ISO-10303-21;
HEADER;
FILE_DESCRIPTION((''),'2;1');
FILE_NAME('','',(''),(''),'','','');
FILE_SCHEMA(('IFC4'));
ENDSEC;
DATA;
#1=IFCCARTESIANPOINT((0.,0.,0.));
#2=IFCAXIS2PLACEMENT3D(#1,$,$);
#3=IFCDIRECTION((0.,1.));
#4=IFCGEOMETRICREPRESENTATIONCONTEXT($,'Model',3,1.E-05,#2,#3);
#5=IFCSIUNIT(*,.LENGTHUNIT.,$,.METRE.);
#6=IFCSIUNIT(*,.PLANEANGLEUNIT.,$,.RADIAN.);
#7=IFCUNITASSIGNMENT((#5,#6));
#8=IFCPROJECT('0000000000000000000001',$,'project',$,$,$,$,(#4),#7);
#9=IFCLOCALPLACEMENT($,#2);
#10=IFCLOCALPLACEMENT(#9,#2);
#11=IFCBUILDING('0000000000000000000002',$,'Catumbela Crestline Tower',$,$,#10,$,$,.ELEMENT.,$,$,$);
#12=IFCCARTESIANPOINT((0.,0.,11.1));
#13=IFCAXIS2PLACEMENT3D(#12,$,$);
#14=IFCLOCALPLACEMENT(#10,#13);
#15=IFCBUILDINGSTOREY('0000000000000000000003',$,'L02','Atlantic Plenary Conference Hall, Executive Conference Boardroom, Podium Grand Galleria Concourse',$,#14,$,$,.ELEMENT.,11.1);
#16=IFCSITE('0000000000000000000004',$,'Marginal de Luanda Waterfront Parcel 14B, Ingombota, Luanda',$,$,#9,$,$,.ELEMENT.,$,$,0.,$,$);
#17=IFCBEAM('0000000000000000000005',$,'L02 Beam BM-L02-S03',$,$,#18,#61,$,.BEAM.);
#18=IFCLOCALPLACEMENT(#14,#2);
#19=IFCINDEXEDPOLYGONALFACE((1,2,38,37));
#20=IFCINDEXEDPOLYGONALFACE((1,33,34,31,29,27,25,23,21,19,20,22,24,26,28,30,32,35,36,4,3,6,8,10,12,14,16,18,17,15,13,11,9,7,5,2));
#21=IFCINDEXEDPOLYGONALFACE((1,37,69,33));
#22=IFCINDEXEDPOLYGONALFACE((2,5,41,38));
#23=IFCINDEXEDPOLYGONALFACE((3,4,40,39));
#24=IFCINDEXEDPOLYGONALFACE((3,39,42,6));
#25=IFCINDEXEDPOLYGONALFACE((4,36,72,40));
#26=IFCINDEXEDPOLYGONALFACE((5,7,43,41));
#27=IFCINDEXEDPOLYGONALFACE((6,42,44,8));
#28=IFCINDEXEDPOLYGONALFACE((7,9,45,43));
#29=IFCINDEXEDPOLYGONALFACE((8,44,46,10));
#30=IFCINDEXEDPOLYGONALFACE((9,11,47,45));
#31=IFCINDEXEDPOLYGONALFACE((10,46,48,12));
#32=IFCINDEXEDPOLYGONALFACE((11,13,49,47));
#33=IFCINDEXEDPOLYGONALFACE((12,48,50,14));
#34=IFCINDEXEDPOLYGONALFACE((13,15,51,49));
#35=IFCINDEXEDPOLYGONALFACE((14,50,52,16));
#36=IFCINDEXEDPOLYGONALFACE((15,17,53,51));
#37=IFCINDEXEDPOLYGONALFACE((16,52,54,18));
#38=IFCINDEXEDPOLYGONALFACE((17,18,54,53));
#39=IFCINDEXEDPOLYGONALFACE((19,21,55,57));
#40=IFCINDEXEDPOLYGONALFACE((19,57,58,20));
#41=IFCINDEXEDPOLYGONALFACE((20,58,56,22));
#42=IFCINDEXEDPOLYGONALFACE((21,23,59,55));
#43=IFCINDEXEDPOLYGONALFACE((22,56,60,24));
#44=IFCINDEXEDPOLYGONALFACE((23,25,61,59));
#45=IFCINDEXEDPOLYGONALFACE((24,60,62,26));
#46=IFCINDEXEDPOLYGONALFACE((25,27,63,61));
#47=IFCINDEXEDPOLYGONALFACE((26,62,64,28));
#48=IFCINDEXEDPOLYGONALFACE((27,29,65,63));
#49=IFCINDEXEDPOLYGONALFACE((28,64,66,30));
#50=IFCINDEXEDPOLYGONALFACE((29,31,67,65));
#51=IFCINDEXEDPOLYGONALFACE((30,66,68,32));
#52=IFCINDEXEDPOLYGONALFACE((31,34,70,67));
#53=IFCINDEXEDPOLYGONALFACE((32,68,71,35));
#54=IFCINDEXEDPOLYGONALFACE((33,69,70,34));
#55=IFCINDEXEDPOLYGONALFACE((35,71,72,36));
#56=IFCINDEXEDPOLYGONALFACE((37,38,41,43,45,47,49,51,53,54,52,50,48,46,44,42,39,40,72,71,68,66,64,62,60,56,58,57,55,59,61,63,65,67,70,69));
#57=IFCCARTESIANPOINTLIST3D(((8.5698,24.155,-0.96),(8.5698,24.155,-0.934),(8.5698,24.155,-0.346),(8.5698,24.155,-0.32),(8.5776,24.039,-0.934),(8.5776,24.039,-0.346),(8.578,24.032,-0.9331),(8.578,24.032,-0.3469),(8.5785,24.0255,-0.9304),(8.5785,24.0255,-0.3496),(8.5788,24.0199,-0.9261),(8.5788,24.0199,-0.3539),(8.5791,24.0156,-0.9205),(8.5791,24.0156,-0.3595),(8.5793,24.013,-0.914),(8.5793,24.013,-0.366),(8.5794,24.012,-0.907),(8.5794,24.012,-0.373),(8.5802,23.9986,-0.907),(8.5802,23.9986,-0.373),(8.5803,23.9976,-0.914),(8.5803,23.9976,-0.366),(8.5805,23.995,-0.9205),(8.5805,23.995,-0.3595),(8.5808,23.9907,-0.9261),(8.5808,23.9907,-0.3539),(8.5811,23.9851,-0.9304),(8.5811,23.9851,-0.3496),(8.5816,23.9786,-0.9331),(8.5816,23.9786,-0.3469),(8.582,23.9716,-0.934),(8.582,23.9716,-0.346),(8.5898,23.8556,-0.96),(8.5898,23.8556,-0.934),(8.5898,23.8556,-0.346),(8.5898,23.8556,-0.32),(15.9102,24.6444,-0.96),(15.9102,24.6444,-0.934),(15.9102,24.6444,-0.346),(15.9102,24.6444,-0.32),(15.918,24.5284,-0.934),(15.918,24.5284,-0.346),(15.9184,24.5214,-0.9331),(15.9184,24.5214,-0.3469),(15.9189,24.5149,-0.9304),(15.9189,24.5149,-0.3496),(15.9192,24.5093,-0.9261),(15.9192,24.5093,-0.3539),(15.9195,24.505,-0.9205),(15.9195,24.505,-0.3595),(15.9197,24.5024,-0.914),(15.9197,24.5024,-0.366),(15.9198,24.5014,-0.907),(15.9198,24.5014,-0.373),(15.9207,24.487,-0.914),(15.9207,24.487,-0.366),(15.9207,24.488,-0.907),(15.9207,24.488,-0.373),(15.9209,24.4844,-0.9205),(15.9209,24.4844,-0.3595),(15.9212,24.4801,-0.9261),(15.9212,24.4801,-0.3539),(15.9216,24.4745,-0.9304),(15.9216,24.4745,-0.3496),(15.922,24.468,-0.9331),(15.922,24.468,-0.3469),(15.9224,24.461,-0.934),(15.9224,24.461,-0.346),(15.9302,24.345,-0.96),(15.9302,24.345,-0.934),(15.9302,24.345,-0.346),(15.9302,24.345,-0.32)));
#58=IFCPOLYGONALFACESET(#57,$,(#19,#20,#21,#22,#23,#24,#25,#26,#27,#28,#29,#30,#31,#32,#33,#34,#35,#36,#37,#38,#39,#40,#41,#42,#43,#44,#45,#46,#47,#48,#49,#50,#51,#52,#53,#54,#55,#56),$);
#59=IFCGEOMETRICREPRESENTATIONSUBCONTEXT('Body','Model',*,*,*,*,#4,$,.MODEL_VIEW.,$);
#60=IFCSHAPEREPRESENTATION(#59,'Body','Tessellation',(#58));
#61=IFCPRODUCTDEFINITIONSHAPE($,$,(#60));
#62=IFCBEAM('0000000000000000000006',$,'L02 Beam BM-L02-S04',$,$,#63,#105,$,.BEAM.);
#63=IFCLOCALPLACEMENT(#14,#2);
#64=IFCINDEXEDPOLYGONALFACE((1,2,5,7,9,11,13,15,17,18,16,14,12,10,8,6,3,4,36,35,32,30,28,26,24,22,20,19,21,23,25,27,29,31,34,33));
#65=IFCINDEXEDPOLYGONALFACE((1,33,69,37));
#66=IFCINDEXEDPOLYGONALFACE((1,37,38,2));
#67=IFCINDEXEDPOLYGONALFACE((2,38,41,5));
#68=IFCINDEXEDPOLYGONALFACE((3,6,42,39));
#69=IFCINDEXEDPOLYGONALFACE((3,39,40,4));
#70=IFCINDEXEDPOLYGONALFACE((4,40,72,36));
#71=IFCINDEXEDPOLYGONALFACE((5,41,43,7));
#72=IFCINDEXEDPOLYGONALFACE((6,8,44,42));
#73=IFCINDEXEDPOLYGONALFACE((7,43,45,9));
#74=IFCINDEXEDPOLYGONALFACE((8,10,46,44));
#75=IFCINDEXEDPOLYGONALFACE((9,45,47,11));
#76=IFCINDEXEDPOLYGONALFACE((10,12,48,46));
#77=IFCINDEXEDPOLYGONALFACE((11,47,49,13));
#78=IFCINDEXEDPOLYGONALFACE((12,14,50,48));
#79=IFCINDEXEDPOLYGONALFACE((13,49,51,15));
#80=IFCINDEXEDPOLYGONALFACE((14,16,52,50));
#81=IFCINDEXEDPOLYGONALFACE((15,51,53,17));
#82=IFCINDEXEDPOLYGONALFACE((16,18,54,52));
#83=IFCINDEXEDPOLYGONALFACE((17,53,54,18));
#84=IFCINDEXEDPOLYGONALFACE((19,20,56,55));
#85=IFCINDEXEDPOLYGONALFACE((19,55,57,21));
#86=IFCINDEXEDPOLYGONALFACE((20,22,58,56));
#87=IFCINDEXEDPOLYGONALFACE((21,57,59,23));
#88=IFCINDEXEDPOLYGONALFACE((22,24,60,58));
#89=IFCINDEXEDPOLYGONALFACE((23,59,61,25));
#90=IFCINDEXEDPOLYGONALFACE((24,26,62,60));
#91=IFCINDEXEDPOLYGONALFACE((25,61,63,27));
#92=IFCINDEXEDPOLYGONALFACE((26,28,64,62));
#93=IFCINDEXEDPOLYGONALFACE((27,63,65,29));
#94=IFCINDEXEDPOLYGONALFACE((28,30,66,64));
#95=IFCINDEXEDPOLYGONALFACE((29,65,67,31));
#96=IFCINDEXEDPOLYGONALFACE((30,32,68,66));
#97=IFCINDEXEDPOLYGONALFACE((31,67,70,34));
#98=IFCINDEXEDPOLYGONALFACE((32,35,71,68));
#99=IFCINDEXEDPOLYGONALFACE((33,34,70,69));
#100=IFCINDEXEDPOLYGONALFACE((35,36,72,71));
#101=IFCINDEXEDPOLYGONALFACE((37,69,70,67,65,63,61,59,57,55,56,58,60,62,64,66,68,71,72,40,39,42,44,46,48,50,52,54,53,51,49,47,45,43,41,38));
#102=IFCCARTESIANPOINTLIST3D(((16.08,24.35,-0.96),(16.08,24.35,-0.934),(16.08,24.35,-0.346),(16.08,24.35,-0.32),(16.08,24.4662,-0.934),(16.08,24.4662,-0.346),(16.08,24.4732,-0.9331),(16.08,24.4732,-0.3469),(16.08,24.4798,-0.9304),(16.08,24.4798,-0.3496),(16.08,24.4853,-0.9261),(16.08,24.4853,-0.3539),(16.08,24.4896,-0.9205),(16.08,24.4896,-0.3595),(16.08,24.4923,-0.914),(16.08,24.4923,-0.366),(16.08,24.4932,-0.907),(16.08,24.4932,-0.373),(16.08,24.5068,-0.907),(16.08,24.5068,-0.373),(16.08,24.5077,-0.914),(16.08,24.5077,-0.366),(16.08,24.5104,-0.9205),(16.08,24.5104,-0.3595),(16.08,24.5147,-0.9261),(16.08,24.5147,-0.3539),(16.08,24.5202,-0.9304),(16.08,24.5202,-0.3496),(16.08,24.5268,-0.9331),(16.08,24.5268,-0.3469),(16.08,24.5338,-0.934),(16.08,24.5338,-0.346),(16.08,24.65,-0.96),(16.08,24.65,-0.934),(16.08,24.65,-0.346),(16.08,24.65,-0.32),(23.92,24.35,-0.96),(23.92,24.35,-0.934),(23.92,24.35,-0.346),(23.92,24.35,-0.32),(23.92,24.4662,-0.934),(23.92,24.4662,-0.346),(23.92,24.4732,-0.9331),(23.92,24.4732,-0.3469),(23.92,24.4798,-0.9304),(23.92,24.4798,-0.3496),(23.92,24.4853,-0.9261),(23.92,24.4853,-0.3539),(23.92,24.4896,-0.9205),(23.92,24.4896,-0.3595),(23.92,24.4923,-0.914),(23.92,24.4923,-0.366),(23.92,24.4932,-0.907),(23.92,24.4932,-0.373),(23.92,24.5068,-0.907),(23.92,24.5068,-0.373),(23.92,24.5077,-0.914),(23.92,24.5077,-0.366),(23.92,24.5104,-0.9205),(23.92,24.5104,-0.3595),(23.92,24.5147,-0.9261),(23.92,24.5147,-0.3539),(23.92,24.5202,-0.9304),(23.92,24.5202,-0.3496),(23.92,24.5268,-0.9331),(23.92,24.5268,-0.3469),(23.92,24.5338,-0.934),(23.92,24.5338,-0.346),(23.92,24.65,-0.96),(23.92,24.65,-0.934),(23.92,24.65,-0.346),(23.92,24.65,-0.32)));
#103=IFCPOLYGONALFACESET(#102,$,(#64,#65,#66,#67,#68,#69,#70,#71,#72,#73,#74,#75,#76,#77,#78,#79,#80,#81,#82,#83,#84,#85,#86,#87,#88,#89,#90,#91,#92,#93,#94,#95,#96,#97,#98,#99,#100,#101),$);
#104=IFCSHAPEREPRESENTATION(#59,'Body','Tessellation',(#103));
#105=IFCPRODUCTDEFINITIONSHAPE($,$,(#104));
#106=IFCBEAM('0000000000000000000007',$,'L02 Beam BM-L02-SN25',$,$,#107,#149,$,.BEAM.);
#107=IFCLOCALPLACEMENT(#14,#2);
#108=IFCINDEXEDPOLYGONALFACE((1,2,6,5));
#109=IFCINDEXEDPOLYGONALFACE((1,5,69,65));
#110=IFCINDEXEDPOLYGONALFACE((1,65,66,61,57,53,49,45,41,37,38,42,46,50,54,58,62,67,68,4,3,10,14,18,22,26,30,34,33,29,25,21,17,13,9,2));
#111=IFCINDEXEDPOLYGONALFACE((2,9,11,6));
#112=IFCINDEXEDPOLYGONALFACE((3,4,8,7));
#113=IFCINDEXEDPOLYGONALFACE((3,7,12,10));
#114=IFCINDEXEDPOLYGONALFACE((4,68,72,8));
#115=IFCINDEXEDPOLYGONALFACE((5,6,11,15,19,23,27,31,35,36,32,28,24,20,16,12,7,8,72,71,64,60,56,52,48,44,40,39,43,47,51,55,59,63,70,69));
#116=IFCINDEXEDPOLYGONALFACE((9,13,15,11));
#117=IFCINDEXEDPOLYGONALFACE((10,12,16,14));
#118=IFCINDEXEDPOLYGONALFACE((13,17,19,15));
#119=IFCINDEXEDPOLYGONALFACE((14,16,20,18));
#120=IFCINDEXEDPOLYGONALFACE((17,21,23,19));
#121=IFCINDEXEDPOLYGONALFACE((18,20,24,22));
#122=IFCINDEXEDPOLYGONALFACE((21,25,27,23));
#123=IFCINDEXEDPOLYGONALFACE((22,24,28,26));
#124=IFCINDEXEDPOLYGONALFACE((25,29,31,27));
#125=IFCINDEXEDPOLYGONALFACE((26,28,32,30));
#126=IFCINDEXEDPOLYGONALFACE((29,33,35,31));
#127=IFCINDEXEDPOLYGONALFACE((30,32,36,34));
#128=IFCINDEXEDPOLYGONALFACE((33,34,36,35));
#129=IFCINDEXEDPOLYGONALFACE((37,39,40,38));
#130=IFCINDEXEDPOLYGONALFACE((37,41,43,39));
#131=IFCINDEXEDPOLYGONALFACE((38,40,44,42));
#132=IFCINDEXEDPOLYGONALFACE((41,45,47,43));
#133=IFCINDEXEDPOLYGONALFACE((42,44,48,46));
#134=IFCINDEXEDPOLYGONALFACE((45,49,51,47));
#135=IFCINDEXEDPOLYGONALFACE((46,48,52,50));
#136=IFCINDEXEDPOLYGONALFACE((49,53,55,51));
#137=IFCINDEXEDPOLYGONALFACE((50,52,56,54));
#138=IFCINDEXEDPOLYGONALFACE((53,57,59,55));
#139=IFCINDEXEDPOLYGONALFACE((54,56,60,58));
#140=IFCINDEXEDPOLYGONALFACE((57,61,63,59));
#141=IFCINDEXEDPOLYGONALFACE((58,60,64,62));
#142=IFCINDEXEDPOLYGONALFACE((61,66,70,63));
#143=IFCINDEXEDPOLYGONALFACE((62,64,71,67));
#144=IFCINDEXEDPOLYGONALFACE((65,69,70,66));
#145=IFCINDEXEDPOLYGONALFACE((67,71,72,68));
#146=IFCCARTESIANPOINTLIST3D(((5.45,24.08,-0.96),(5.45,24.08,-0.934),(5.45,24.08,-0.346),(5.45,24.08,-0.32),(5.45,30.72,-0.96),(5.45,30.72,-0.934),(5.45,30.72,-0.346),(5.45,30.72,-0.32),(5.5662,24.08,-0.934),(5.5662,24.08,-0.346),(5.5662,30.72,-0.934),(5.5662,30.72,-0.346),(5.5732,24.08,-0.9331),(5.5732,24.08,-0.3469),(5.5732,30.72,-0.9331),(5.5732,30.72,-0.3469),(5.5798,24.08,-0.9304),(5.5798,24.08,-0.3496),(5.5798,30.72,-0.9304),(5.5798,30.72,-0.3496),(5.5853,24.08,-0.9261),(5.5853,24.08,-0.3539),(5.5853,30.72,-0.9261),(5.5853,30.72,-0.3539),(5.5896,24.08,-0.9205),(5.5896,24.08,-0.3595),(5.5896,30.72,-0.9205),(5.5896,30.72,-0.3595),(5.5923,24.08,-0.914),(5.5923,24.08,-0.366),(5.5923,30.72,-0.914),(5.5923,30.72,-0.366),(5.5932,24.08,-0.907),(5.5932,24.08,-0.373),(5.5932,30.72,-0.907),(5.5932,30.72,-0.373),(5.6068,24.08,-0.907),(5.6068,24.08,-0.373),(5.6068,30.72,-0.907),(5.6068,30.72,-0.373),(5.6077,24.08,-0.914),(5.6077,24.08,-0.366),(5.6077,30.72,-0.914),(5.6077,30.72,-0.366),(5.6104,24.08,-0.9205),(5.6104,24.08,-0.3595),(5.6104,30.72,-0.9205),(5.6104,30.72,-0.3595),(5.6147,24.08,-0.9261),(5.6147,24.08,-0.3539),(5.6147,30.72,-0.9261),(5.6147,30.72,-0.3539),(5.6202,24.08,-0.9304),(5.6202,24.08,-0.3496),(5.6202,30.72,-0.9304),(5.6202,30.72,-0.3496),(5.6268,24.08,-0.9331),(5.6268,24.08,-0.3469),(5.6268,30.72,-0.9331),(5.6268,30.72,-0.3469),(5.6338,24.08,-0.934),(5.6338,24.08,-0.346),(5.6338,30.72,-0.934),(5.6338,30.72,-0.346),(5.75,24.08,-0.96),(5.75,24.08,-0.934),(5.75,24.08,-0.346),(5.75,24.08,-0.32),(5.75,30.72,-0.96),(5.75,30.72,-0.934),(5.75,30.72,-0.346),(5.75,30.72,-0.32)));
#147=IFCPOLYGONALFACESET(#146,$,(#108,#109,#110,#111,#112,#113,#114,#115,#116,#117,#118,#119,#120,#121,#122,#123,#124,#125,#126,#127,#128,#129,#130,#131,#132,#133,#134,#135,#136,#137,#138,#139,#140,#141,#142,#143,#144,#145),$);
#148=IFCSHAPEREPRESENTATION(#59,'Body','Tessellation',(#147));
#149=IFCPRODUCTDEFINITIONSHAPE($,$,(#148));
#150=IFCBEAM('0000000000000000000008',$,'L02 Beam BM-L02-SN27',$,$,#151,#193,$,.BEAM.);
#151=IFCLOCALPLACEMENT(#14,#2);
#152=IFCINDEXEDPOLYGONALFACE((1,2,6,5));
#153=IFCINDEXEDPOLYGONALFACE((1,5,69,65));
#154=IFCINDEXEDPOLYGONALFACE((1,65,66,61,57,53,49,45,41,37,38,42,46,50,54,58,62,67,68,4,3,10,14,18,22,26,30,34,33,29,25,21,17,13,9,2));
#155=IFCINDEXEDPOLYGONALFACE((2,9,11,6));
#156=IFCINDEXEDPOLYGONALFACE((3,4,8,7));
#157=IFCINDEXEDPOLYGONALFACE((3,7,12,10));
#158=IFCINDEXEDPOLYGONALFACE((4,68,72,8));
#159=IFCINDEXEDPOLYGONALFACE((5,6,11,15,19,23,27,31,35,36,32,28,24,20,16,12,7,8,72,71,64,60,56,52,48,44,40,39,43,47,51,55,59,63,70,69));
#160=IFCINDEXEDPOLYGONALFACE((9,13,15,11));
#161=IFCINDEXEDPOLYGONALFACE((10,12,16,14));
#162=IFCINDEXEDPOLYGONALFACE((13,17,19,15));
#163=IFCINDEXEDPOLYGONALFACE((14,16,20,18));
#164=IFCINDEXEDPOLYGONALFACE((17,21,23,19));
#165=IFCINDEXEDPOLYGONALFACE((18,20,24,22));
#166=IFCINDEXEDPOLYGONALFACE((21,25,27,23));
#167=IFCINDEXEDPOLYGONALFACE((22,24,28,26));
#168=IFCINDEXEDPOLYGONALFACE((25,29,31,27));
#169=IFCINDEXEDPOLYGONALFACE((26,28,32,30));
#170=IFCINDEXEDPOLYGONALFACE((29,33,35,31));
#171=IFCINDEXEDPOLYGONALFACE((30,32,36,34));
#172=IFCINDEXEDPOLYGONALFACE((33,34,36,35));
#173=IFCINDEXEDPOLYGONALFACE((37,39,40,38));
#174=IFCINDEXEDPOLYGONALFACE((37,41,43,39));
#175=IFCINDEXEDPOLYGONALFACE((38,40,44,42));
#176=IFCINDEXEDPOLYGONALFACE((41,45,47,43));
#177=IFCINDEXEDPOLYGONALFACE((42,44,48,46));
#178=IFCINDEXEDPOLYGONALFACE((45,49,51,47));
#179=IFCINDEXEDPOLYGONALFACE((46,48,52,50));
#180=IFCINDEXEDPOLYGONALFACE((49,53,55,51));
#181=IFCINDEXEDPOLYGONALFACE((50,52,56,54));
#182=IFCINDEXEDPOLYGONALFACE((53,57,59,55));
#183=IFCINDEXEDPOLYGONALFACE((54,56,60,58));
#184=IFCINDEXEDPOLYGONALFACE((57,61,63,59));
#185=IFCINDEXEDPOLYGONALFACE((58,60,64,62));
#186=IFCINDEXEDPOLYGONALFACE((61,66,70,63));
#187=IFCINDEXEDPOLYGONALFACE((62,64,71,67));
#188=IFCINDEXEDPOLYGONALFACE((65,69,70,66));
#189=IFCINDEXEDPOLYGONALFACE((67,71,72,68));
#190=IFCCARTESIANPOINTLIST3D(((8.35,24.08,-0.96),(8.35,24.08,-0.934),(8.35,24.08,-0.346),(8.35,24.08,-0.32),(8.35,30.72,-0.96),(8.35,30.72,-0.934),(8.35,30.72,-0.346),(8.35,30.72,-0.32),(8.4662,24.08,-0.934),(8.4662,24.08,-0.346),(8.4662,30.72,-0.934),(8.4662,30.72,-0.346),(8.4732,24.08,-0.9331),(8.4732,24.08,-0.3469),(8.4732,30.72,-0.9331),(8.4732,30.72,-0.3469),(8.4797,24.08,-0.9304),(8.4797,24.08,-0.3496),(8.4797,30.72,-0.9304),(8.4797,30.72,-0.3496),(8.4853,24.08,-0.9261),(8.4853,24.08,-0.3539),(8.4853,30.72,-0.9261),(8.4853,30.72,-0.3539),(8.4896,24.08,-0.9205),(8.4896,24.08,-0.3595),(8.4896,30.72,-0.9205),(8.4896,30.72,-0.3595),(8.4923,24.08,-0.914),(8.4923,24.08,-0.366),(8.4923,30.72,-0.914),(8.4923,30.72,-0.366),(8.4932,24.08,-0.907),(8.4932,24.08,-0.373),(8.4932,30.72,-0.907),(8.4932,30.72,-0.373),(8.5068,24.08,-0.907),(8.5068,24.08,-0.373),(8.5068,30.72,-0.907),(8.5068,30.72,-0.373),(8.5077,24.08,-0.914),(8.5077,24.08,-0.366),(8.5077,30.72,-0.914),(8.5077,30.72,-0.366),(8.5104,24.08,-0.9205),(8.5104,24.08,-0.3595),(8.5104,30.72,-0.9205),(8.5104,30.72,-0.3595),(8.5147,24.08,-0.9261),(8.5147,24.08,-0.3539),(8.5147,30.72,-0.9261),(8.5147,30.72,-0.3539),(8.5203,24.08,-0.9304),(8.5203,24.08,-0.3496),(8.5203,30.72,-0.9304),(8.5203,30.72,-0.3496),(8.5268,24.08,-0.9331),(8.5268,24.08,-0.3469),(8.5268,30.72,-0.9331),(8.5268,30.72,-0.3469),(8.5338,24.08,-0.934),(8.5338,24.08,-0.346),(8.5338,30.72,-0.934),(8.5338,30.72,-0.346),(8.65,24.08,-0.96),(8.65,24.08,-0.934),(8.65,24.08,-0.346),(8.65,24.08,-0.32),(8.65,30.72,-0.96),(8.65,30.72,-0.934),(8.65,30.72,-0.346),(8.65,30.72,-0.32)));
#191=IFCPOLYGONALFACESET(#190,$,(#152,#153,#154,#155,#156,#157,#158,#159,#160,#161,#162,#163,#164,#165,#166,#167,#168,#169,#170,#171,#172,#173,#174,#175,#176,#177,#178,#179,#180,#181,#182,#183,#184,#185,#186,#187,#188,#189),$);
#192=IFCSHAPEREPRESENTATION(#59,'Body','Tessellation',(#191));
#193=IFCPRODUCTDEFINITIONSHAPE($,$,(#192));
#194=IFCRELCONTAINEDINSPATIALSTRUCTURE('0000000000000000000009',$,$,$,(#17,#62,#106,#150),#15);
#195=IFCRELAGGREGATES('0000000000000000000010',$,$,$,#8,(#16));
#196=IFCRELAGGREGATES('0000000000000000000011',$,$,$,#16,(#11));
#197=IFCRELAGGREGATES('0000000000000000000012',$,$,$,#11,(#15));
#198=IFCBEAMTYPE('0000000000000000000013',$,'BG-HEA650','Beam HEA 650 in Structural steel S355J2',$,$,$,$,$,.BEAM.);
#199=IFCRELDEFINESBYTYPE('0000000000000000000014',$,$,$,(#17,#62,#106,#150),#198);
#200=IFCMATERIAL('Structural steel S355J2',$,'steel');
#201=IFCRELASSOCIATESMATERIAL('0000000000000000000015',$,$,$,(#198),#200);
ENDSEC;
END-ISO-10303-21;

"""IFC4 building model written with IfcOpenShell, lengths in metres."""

from ifc_helpers import new_model, si_unit, direction, frame, origin, origin_2d, place, context, subcontext, project, spatial, i_section, extrude, material, material_profile, profile_set, type_object, element, save


model = new_model("IFC4")

# Units and contexts
model_context = context("Model", 3, precision=1e-05, world=origin(), true_north=direction((0.0, 1.0)))
body_context = subcontext(model_context, "Body", "Model", "MODEL_VIEW")
ifc_project = project(units=[si_unit("LENGTHUNIT", "METRE"), si_unit("PLANEANGLEUNIT", "RADIAN")], contexts=[model_context])

# Site, building, storey
site_placement = place(None, origin())
site = spatial("IfcSite", under=ifc_project, at=site_placement, Name="Marginal de Luanda Waterfront Parcel 14B, Ingombota, Luanda", CompositionType="ELEMENT", RefElevation=0.0)
building_placement = place(site_placement, origin())
building = spatial("IfcBuilding", under=site, at=building_placement, Name="Catumbela Crestline Tower", CompositionType="ELEMENT")
storey_placement = place(building_placement, frame((0.0, 0.0, 11.1)))
storey = spatial("IfcBuildingStorey", under=building, at=storey_placement, Name="L02", Description="Atlantic Plenary Conference Hall, Executive Conference Boardroom, Podium Grand Galleria Concourse", CompositionType="ELEMENT", Elevation=11.1)

# Beams
ifc_material_1 = material(Name="Structural steel S355J2", Category="steel")
ifc_material_profile_1 = material_profile(ifc_material_1, i_section(OverallWidth=0.3, OverallDepth=0.64, WebThickness=0.0135, FlangeThickness=0.026, FilletRadius=0.027, at=origin_2d()), Name="HEA 650")
ifc_profile_set_1 = profile_set([ifc_material_profile_1], Name="Structural steel S355J2")
beam_type_1 = type_object("IfcBeamType", Name="BG-HEA650", Description="Beam HEA 650 in Structural steel S355J2", PredefinedType="BEAM", material=ifc_profile_set_1)
beam_1_placement = place(storey_placement, frame((8.5798, 24.0053, -0.64), z_axis=(0.997785, 0.066524, 0.0), x_axis=(-0.066524, 0.997785, 0.0)))
element("IfcBeam", 1, at=beam_1_placement, inside=storey, type_object=beam_type_1, Name="L02 Beam BM-L02-S03", PredefinedType="BEAM", context=body_context, shape_type="SweptSolid", body=[
    extrude(i_section(OverallWidth=0.3, OverallDepth=0.64, WebThickness=0.0135, FlangeThickness=0.026, FilletRadius=0.027, at=origin_2d()), origin(), (0.0, 0.0, 1.0), 7.3567),
])
beam_2_placement = place(storey_placement, frame((16.08, 24.5, -0.64), z_axis=(1.0, 0.0, 0.0), x_axis=(0.0, 1.0, 0.0)))
element("IfcBeam", 2, at=beam_2_placement, inside=storey, type_object=beam_type_1, Name="L02 Beam BM-L02-S04", PredefinedType="BEAM", context=body_context, shape_type="SweptSolid", body=[
    extrude(i_section(OverallWidth=0.3, OverallDepth=0.64, WebThickness=0.0135, FlangeThickness=0.026, FilletRadius=0.027, at=origin_2d()), origin(), (0.0, 0.0, 1.0), 7.84),
])
for number, where, z_axis, x_axis, name in (
    (3, (5.6, 24.08, -0.64), (0.0, 1.0, 0.0), (-1.0, 0.0, 0.0), "L02 Beam BM-L02-SN25"),
    (4, (8.5, 24.08, -0.64), (0.0, 1.0, 0.0), (-1.0, 0.0, 0.0), "L02 Beam BM-L02-SN27"),
):
    element("IfcBeam", number, at=place(storey_placement, frame(where, z_axis=z_axis, x_axis=x_axis)), inside=storey, type_object=beam_type_1, Name=name, PredefinedType="BEAM", context=body_context, shape_type="SweptSolid", body=[
        extrude(i_section(OverallWidth=0.3, OverallDepth=0.64, WebThickness=0.0135, FlangeThickness=0.026, FilletRadius=0.027, at=origin_2d()), origin(), (0.0, 0.0, 1.0), 6.64),
    ])

save(model, "model.ifc")
